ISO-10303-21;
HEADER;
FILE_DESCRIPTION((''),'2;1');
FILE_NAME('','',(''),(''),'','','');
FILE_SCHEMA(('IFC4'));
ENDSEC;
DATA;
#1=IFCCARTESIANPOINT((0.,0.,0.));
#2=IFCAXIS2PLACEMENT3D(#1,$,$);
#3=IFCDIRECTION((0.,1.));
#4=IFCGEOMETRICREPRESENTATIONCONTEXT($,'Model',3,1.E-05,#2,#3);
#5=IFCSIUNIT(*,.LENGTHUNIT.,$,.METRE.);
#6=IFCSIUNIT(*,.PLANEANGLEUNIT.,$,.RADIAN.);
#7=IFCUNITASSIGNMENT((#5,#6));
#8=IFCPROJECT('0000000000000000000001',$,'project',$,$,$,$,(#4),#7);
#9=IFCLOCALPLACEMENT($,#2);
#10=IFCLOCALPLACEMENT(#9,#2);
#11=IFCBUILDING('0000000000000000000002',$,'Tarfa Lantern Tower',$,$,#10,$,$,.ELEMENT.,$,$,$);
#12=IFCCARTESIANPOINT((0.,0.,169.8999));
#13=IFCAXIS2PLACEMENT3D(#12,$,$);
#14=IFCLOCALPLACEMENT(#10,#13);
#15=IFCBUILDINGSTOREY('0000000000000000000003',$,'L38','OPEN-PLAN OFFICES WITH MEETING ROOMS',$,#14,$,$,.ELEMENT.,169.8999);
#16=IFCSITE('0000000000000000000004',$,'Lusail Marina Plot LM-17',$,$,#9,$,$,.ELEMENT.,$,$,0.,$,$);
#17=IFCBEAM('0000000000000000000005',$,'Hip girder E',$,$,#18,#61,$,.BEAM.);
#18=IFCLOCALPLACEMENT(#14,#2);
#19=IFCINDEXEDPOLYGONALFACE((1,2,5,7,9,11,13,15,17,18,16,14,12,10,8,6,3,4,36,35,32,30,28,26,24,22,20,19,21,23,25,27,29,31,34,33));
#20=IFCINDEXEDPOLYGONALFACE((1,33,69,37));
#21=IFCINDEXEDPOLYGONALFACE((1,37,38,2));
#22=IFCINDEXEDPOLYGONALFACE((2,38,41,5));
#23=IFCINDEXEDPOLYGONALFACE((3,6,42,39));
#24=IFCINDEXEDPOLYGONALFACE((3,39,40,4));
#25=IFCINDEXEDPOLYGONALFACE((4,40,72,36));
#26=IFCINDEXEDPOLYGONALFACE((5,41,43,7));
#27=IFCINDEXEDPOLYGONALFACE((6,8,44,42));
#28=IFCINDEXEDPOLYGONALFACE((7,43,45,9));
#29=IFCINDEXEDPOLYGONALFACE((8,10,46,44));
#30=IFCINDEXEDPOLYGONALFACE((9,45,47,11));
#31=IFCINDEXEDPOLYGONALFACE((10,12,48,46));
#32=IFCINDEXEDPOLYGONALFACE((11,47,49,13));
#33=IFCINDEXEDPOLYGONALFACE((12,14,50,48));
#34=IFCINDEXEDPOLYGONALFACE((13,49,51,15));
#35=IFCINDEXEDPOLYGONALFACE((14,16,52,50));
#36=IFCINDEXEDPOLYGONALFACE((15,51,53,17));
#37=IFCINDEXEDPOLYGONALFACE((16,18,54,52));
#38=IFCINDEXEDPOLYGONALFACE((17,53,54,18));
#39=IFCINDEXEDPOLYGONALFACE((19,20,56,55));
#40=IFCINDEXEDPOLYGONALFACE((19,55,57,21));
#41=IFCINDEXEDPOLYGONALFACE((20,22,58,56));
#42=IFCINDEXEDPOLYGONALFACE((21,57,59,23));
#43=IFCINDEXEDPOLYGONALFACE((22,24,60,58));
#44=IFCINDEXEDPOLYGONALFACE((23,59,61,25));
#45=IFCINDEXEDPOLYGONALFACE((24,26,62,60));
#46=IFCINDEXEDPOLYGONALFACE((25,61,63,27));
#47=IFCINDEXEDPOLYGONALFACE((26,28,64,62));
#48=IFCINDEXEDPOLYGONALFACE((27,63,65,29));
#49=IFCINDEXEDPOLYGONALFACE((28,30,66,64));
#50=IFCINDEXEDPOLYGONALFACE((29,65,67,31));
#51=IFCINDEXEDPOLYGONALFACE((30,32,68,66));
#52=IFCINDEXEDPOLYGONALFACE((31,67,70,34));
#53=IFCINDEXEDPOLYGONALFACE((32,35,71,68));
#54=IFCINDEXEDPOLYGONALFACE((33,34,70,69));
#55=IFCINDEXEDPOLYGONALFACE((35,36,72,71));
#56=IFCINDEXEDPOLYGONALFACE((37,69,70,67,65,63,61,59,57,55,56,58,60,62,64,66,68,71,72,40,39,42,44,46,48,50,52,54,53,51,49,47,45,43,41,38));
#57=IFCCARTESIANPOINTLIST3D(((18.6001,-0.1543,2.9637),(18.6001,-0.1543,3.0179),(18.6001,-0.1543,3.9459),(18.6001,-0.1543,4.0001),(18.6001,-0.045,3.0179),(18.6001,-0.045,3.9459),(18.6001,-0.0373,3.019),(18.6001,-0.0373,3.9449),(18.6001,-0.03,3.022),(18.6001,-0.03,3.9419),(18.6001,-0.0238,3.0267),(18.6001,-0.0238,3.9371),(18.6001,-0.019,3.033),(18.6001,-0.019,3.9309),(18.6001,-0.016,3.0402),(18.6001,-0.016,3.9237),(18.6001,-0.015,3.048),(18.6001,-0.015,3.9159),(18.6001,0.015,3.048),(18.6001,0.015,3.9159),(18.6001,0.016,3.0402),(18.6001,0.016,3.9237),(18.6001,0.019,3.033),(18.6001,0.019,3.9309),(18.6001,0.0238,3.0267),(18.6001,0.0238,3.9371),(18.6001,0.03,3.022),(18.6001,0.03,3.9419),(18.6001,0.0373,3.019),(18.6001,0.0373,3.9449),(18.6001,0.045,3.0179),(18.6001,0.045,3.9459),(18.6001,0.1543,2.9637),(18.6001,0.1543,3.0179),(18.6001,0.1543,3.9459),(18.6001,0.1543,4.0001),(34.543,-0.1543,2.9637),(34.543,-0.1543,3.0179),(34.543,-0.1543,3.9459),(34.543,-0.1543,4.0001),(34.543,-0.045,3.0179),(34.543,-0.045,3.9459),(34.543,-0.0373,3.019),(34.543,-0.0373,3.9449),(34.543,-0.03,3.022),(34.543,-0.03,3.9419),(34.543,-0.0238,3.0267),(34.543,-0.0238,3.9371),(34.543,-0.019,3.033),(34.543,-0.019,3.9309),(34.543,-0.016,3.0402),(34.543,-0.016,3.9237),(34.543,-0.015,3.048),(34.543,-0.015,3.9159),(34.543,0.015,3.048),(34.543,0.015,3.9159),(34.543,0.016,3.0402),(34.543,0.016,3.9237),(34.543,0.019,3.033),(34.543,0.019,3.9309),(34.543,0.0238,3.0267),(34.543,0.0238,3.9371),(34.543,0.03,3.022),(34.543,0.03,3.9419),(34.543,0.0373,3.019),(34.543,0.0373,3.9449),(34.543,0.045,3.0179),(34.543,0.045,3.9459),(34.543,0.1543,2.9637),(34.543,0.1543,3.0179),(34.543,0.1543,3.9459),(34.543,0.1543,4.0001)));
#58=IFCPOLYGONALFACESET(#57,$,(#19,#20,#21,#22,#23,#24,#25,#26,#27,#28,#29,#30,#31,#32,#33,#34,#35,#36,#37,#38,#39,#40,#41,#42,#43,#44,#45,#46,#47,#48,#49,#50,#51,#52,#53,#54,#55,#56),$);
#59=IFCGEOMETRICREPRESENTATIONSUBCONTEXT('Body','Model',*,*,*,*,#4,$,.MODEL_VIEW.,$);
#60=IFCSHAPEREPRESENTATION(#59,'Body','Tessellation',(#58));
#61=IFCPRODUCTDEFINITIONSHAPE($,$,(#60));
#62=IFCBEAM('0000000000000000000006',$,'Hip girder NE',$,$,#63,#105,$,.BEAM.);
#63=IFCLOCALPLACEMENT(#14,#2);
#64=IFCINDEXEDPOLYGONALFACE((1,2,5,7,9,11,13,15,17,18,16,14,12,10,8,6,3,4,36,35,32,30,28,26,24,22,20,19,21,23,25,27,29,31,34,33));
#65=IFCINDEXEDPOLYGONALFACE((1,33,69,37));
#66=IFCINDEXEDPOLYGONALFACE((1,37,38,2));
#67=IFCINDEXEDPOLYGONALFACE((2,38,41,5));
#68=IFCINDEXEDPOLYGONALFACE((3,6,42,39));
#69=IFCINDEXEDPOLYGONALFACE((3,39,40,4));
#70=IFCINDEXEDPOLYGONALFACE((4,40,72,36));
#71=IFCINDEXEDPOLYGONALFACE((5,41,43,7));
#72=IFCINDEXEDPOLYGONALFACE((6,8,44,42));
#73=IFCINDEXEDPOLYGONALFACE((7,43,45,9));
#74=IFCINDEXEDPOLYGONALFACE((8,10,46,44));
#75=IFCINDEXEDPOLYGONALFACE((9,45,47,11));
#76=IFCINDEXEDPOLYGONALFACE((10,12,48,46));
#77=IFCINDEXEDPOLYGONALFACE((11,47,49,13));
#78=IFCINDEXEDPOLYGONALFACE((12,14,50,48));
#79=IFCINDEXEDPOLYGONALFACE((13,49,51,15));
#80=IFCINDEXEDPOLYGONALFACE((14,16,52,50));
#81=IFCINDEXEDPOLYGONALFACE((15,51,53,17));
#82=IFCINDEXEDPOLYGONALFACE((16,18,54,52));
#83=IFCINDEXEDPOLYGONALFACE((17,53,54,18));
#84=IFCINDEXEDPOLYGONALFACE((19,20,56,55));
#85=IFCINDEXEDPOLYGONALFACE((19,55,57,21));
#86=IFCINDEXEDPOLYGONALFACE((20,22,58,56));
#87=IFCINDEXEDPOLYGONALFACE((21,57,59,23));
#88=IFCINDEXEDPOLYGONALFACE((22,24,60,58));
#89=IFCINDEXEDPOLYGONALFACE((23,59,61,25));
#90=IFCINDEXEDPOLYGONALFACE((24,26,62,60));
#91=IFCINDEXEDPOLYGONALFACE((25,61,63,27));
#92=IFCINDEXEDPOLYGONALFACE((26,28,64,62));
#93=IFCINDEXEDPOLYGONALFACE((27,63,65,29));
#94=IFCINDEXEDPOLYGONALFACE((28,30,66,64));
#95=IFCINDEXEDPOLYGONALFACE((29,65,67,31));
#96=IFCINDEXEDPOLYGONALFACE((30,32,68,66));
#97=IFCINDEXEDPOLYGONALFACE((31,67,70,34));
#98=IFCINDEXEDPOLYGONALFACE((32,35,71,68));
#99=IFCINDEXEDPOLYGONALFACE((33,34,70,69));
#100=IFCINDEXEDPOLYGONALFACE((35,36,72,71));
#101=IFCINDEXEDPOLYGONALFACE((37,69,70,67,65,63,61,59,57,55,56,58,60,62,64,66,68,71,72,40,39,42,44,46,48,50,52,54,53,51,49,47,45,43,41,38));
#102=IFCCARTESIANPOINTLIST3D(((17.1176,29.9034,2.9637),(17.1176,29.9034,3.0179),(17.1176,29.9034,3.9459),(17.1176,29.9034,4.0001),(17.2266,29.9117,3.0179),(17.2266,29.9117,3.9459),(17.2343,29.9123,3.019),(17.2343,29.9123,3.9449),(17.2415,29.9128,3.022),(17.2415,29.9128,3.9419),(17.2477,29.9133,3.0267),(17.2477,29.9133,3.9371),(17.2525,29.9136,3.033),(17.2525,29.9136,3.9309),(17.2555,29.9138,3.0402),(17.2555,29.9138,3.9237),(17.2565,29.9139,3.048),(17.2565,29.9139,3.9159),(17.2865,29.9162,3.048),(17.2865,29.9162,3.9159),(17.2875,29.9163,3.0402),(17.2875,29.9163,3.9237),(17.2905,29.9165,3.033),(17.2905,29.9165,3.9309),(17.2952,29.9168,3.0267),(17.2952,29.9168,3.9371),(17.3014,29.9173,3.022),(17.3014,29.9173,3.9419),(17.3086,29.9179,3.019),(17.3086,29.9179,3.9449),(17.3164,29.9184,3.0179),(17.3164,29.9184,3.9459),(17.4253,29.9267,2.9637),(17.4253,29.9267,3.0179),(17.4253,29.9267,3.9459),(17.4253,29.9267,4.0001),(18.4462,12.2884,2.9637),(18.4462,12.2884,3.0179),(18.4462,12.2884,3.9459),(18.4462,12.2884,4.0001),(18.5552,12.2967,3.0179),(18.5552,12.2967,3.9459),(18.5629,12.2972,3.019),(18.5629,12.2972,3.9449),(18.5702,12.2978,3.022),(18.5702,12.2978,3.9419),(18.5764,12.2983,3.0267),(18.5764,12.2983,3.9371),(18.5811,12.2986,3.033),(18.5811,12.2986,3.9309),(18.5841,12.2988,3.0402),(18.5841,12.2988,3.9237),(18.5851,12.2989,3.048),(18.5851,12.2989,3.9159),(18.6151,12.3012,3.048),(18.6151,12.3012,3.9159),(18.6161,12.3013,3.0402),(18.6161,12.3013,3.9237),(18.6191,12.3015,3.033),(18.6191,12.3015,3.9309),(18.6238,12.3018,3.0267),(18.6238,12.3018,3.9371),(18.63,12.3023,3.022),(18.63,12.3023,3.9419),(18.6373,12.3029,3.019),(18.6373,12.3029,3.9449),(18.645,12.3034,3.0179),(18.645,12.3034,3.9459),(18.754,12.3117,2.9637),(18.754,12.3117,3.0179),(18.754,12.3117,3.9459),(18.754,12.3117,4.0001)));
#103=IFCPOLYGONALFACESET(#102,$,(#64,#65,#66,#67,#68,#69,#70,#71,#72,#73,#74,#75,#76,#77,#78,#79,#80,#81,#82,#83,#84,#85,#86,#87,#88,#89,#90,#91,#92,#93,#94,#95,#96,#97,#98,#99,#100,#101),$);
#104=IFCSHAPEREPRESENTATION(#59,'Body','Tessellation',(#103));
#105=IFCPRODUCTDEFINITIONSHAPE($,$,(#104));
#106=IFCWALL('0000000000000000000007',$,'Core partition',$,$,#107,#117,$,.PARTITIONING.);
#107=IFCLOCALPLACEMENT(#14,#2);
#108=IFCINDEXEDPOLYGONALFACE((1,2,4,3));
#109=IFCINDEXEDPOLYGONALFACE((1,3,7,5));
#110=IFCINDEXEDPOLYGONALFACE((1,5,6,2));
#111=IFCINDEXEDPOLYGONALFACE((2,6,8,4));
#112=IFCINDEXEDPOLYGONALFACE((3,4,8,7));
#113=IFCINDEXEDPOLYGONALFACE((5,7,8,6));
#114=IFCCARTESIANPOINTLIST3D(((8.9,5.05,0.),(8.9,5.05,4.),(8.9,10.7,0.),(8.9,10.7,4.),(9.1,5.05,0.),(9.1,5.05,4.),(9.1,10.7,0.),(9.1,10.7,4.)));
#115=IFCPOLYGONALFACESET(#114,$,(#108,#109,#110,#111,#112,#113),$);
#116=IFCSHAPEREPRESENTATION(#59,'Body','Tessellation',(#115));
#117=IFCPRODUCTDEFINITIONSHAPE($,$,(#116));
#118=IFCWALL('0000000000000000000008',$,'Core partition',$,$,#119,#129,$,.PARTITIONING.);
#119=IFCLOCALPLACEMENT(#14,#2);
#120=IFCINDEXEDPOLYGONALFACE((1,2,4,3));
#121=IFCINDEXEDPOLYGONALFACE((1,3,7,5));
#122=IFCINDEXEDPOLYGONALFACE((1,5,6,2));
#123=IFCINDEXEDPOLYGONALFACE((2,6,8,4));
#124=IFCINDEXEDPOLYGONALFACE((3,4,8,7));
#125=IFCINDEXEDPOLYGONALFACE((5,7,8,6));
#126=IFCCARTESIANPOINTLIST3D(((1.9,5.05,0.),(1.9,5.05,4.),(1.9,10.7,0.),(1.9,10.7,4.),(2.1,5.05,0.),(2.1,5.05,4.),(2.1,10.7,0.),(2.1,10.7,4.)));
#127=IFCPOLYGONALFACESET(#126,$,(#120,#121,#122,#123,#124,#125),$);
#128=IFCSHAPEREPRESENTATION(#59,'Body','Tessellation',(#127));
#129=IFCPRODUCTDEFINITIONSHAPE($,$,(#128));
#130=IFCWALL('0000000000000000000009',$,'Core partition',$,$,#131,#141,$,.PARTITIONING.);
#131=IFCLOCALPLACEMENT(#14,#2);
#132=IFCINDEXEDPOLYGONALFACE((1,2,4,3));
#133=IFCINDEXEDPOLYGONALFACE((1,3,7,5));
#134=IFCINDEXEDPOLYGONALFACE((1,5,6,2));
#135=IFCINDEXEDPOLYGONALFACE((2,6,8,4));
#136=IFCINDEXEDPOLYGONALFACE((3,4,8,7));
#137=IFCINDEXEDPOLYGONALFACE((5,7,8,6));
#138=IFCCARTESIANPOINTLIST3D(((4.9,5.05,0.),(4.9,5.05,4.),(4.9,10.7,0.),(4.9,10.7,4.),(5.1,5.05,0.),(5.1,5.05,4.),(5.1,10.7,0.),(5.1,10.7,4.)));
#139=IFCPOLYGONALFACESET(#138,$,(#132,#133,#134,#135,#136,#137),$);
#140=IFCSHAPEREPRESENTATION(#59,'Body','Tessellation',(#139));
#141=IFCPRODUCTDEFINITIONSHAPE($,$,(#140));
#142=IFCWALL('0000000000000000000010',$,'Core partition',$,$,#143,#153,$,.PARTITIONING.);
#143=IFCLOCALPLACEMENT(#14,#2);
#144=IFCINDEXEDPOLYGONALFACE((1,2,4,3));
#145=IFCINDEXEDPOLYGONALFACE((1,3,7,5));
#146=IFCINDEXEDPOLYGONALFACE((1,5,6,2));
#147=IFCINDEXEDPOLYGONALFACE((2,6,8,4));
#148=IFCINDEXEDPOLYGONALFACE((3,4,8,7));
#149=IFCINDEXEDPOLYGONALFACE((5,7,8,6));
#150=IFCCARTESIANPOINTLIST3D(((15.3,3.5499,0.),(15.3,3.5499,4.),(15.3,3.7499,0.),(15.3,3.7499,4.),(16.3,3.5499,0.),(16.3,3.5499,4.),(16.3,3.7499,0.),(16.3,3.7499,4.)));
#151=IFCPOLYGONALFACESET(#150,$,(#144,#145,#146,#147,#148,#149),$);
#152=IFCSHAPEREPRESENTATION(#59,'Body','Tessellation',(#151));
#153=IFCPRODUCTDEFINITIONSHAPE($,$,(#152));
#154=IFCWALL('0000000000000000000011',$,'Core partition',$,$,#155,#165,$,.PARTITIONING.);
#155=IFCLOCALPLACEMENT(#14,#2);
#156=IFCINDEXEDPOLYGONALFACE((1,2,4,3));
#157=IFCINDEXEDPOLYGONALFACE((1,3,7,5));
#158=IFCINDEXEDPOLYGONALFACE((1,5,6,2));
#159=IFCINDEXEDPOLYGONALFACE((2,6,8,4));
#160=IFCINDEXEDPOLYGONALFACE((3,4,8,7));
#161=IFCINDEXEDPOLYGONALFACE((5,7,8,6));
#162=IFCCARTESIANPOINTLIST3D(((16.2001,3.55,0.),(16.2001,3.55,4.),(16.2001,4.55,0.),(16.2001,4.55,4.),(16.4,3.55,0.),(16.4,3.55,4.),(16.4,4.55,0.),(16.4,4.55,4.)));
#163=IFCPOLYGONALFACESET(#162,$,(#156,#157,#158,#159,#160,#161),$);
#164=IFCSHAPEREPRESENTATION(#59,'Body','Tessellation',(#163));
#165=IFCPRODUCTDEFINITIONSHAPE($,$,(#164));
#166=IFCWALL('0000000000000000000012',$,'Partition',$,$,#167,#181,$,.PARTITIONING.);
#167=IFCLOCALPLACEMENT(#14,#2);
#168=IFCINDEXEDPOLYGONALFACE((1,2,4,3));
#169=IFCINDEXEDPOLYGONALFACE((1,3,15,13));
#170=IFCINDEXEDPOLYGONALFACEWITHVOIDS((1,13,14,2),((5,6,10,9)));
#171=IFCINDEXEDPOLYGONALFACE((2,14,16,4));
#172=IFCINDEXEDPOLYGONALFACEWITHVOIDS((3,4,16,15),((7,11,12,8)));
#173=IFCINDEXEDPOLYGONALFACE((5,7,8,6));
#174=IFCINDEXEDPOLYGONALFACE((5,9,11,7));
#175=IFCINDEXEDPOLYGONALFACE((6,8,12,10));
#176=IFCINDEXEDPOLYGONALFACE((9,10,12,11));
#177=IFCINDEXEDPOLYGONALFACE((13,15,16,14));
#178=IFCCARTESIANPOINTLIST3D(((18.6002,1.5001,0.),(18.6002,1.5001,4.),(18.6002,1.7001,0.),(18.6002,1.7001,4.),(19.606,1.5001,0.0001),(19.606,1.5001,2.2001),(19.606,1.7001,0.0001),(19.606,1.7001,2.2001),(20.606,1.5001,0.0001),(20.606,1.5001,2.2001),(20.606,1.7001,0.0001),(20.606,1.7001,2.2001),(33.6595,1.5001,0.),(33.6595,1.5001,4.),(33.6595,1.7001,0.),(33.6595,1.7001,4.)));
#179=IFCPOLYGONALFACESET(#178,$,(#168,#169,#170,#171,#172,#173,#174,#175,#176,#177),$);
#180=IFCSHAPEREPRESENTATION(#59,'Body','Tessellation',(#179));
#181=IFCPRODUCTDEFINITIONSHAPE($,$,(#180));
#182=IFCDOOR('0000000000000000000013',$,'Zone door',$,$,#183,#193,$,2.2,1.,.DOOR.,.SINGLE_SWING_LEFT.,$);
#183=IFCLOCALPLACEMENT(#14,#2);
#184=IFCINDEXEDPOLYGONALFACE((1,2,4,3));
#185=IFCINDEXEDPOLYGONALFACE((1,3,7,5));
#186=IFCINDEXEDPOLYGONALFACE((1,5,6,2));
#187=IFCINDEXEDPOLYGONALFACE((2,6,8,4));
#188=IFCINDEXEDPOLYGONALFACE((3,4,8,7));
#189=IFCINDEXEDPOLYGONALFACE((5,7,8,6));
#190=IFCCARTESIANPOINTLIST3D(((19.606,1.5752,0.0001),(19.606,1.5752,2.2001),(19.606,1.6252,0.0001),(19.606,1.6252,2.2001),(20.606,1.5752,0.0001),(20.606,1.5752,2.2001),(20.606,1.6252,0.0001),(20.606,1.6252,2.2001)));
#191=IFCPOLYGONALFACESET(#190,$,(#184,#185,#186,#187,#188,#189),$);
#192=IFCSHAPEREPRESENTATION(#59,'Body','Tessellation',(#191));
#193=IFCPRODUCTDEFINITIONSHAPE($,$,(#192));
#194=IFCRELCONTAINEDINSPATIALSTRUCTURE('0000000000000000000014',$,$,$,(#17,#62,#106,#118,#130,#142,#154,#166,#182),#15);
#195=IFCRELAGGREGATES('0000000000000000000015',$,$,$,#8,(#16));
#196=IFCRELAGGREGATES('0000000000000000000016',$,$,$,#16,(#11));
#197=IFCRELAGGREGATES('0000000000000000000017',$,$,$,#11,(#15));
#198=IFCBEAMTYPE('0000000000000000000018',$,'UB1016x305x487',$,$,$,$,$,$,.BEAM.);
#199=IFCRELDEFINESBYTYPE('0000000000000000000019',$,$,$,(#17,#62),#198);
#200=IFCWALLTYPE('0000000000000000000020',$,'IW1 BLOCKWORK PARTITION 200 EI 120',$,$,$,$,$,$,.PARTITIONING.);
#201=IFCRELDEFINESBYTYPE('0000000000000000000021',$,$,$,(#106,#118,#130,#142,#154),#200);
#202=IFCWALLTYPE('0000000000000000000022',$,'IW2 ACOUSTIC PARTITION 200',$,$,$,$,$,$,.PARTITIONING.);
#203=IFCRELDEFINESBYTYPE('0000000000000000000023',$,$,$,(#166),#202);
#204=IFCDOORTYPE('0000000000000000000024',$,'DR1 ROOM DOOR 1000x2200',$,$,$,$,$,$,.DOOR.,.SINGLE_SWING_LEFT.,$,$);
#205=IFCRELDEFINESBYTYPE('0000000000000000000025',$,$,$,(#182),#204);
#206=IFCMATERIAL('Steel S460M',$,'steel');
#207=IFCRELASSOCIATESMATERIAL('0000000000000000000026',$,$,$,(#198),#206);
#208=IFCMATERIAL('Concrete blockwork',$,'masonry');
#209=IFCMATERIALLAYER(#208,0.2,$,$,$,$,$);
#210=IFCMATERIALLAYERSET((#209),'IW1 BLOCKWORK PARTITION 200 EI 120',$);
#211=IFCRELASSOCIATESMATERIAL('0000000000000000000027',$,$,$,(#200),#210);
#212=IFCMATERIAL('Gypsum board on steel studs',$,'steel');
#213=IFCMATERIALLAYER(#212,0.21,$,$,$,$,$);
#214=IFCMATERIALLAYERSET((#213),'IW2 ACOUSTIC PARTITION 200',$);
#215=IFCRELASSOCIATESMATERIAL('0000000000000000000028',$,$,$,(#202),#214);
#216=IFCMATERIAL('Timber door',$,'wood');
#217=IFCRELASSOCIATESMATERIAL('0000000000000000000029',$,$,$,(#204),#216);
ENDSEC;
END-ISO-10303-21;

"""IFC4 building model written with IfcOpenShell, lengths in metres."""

from ifc_helpers import new_model, si_unit, direction, frame, frame_2d, origin, origin_2d, place, context, subcontext, project, spatial, rectangle, i_section, extrude, material, layer, layer_set, material_profile, profile_set, type_object, element, fill, save


model = new_model("IFC4")

# Units and contexts
model_context = context("Model", 3, precision=1e-05, world=origin(), true_north=direction((0.0, 1.0)))
body_context = subcontext(model_context, "Body", "Model", "MODEL_VIEW")
ifc_project = project(units=[si_unit("LENGTHUNIT", "METRE"), si_unit("PLANEANGLEUNIT", "RADIAN")], contexts=[model_context])

# Site, building, storey
site_placement = place(None, origin())
site = spatial("IfcSite", under=ifc_project, at=site_placement, Name="Lusail Marina Plot LM-17", CompositionType="ELEMENT", RefElevation=0.0)
building_placement = place(site_placement, origin())
building = spatial("IfcBuilding", under=site, at=building_placement, Name="Tarfa Lantern Tower", CompositionType="ELEMENT")
storey_placement = place(building_placement, frame((0.0, 0.0, 169.8999)))
storey = spatial("IfcBuildingStorey", under=building, at=storey_placement, Name="L38", Description="OPEN-PLAN OFFICES WITH MEETING ROOMS", CompositionType="ELEMENT", Elevation=169.8999)

# Beams
ifc_material_1 = material(Name="Steel S460M", Category="steel")
ifc_material_profile = material_profile(ifc_material_1, i_section(OverallWidth=0.3086, OverallDepth=1.0364, WebThickness=0.03, FlangeThickness=0.0542, FilletRadius=0.03, at=origin_2d()), Name="UB1016x305x487")
ifc_profile_set = profile_set([ifc_material_profile], Name="Steel S460M")
beam_type = type_object("IfcBeamType", Name="UB1016x305x487", PredefinedType="BEAM", material=ifc_profile_set)
beam_1_placement = place(storey_placement, frame((18.6001, 0.0, 3.4819), z_axis=(1.0, 0.0, 0.0), x_axis=(0.0, 1.0, 0.0)))
element("IfcBeam", 1, at=beam_1_placement, inside=storey, type_object=beam_type, Name="Hip girder E", PredefinedType="BEAM", context=body_context, shape_type="SweptSolid", body=[
    extrude(i_section(OverallWidth=0.3086, OverallDepth=1.0364, WebThickness=0.03, FlangeThickness=0.0542, FilletRadius=0.03, at=origin_2d()), origin(), (0.0, 0.0, 1.0), 15.9429),
])
beam_2_placement = place(storey_placement, frame((18.6001, 12.3, 3.4819), z_axis=(-0.075212, 0.997168, 0.0), x_axis=(-0.997168, -0.075212, 0.0)))
element("IfcBeam", 2, at=beam_2_placement, inside=storey, type_object=beam_type, Name="Hip girder NE", PredefinedType="BEAM", context=body_context, shape_type="SweptSolid", body=[
    extrude(i_section(OverallWidth=0.3086, OverallDepth=1.0364, WebThickness=0.03, FlangeThickness=0.0542, FilletRadius=0.03, at=origin_2d()), origin(), (0.0, 0.0, 1.0), 17.665),
])

# Walls
ifc_material_2 = material(Name="Concrete blockwork", Category="masonry")
ifc_layer_1 = layer(ifc_material_2, 0.2)
ifc_layer_set_1 = layer_set([ifc_layer_1], Name="IW1 BLOCKWORK PARTITION 200 EI 120")
wall_type_1 = type_object("IfcWallType", Name="IW1 BLOCKWORK PARTITION 200 EI 120", PredefinedType="PARTITIONING", material=ifc_layer_set_1)
for number, where, z_axis, x_axis, name in (
    (3, (9.0, 5.05, 0.0), (0.0, 0.0, 1.0), (0.0, 1.0, 0.0), "Core partition"),
    (4, (2.0, 5.05, 0.0), (0.0, 0.0, 1.0), (0.0, 1.0, 0.0), "Core partition"),
    (5, (5.0, 5.05, 0.0), (0.0, 0.0, 1.0), (0.0, 1.0, 0.0), "Core partition"),
):
    element("IfcWall", number, at=place(storey_placement, frame(where, z_axis=z_axis, x_axis=x_axis)), inside=storey, type_object=wall_type_1, Name=name, PredefinedType="PARTITIONING", context=body_context, shape_type="SweptSolid", body=[
        extrude(rectangle(XDim=5.6499, YDim=0.2, at=frame_2d((2.825, 0.0))), origin(), (0.0, 0.0, 1.0), 4.0),
    ])
for number, where, z_axis, x_axis, name in (
    (6, (15.3, 3.6499, 0.0), (0.0, 0.0, 1.0), (1.0, 0.0, 0.0), "Core partition"),
    (7, (16.3, 3.55, 0.0), (0.0, 0.0, 1.0), (0.0, 1.0, 0.0), "Core partition"),
):
    element("IfcWall", number, at=place(storey_placement, frame(where, z_axis=z_axis, x_axis=x_axis)), inside=storey, type_object=wall_type_1, Name=name, PredefinedType="PARTITIONING", context=body_context, shape_type="SweptSolid", body=[
        extrude(rectangle(XDim=1.0, YDim=0.2, at=frame_2d((0.5, 0.0))), origin(), (0.0, 0.0, 1.0), 4.0),
    ])

# Wall, opening, door
ifc_material_3 = material(Name="Gypsum board on steel studs", Category="steel")
ifc_layer_2 = layer(ifc_material_3, 0.21)
ifc_layer_set_2 = layer_set([ifc_layer_2], Name="IW2 ACOUSTIC PARTITION 200")
wall_type_2 = type_object("IfcWallType", Name="IW2 ACOUSTIC PARTITION 200", PredefinedType="PARTITIONING", material=ifc_layer_set_2)
wall_1_placement = place(storey_placement, frame((18.6001, 1.6001, 0.0), z_axis=(0.0, 0.0, 1.0), x_axis=(1.0, 0.0, 0.0)))
wall_1 = element("IfcWall", 8, at=wall_1_placement, inside=storey, type_object=wall_type_2, Name="Partition", PredefinedType="PARTITIONING", context=body_context, shape_type="SweptSolid", body=[
    extrude(rectangle(XDim=15.0593, YDim=0.2, at=frame_2d((7.5298, 0.0))), origin(), (0.0, 0.0, 1.0), 4.0),
])
opening_1_placement = place(wall_1_placement, frame((1.0059, 0.0, 0.0)))
opening_1 = element("IfcOpeningElement", 9, at=opening_1_placement, cuts=wall_1, PredefinedType="OPENING", context=body_context, shape_type="SweptSolid", body=[
    extrude(rectangle(XDim=1.0, YDim=2.2, at=frame_2d((0.5, 1.1001))), frame((0.0, 0.1099, 0.0), z_axis=(0.0, -1.0, 0.0), x_axis=(1.0, 0.0, 0.0)), (0.0, 0.0, 1.0), 0.22),
])
ifc_material_4 = material(Name="Timber door", Category="wood")
door_type_1 = type_object("IfcDoorType", Name="DR1 ROOM DOOR 1000x2200", OperationType="SINGLE_SWING_LEFT", PredefinedType="DOOR", material=ifc_material_4)
door_1_placement = place(opening_1_placement, frame((1.0, 0.0, 0.0), z_axis=(0.0, 0.0, 1.0), x_axis=(-1.0, 0.0, 0.0)))
door_1 = element("IfcDoor", 10, at=door_1_placement, inside=storey, type_object=door_type_1, Name="Zone door", OperationType="SINGLE_SWING_LEFT", OverallHeight=2.2, OverallWidth=1.0, PredefinedType="DOOR", context=body_context, shape_type="SweptSolid", body=[
    extrude(rectangle(XDim=1.0, YDim=2.2, at=frame_2d((0.5, 1.1001))), frame((0.0, 0.0249, 0.0), z_axis=(0.0, -1.0, 0.0), x_axis=(1.0, 0.0, 0.0)), (0.0, 0.0, 1.0), 0.05),
])
fill(opening_1, door_1)

save(model, "model.ifc")
